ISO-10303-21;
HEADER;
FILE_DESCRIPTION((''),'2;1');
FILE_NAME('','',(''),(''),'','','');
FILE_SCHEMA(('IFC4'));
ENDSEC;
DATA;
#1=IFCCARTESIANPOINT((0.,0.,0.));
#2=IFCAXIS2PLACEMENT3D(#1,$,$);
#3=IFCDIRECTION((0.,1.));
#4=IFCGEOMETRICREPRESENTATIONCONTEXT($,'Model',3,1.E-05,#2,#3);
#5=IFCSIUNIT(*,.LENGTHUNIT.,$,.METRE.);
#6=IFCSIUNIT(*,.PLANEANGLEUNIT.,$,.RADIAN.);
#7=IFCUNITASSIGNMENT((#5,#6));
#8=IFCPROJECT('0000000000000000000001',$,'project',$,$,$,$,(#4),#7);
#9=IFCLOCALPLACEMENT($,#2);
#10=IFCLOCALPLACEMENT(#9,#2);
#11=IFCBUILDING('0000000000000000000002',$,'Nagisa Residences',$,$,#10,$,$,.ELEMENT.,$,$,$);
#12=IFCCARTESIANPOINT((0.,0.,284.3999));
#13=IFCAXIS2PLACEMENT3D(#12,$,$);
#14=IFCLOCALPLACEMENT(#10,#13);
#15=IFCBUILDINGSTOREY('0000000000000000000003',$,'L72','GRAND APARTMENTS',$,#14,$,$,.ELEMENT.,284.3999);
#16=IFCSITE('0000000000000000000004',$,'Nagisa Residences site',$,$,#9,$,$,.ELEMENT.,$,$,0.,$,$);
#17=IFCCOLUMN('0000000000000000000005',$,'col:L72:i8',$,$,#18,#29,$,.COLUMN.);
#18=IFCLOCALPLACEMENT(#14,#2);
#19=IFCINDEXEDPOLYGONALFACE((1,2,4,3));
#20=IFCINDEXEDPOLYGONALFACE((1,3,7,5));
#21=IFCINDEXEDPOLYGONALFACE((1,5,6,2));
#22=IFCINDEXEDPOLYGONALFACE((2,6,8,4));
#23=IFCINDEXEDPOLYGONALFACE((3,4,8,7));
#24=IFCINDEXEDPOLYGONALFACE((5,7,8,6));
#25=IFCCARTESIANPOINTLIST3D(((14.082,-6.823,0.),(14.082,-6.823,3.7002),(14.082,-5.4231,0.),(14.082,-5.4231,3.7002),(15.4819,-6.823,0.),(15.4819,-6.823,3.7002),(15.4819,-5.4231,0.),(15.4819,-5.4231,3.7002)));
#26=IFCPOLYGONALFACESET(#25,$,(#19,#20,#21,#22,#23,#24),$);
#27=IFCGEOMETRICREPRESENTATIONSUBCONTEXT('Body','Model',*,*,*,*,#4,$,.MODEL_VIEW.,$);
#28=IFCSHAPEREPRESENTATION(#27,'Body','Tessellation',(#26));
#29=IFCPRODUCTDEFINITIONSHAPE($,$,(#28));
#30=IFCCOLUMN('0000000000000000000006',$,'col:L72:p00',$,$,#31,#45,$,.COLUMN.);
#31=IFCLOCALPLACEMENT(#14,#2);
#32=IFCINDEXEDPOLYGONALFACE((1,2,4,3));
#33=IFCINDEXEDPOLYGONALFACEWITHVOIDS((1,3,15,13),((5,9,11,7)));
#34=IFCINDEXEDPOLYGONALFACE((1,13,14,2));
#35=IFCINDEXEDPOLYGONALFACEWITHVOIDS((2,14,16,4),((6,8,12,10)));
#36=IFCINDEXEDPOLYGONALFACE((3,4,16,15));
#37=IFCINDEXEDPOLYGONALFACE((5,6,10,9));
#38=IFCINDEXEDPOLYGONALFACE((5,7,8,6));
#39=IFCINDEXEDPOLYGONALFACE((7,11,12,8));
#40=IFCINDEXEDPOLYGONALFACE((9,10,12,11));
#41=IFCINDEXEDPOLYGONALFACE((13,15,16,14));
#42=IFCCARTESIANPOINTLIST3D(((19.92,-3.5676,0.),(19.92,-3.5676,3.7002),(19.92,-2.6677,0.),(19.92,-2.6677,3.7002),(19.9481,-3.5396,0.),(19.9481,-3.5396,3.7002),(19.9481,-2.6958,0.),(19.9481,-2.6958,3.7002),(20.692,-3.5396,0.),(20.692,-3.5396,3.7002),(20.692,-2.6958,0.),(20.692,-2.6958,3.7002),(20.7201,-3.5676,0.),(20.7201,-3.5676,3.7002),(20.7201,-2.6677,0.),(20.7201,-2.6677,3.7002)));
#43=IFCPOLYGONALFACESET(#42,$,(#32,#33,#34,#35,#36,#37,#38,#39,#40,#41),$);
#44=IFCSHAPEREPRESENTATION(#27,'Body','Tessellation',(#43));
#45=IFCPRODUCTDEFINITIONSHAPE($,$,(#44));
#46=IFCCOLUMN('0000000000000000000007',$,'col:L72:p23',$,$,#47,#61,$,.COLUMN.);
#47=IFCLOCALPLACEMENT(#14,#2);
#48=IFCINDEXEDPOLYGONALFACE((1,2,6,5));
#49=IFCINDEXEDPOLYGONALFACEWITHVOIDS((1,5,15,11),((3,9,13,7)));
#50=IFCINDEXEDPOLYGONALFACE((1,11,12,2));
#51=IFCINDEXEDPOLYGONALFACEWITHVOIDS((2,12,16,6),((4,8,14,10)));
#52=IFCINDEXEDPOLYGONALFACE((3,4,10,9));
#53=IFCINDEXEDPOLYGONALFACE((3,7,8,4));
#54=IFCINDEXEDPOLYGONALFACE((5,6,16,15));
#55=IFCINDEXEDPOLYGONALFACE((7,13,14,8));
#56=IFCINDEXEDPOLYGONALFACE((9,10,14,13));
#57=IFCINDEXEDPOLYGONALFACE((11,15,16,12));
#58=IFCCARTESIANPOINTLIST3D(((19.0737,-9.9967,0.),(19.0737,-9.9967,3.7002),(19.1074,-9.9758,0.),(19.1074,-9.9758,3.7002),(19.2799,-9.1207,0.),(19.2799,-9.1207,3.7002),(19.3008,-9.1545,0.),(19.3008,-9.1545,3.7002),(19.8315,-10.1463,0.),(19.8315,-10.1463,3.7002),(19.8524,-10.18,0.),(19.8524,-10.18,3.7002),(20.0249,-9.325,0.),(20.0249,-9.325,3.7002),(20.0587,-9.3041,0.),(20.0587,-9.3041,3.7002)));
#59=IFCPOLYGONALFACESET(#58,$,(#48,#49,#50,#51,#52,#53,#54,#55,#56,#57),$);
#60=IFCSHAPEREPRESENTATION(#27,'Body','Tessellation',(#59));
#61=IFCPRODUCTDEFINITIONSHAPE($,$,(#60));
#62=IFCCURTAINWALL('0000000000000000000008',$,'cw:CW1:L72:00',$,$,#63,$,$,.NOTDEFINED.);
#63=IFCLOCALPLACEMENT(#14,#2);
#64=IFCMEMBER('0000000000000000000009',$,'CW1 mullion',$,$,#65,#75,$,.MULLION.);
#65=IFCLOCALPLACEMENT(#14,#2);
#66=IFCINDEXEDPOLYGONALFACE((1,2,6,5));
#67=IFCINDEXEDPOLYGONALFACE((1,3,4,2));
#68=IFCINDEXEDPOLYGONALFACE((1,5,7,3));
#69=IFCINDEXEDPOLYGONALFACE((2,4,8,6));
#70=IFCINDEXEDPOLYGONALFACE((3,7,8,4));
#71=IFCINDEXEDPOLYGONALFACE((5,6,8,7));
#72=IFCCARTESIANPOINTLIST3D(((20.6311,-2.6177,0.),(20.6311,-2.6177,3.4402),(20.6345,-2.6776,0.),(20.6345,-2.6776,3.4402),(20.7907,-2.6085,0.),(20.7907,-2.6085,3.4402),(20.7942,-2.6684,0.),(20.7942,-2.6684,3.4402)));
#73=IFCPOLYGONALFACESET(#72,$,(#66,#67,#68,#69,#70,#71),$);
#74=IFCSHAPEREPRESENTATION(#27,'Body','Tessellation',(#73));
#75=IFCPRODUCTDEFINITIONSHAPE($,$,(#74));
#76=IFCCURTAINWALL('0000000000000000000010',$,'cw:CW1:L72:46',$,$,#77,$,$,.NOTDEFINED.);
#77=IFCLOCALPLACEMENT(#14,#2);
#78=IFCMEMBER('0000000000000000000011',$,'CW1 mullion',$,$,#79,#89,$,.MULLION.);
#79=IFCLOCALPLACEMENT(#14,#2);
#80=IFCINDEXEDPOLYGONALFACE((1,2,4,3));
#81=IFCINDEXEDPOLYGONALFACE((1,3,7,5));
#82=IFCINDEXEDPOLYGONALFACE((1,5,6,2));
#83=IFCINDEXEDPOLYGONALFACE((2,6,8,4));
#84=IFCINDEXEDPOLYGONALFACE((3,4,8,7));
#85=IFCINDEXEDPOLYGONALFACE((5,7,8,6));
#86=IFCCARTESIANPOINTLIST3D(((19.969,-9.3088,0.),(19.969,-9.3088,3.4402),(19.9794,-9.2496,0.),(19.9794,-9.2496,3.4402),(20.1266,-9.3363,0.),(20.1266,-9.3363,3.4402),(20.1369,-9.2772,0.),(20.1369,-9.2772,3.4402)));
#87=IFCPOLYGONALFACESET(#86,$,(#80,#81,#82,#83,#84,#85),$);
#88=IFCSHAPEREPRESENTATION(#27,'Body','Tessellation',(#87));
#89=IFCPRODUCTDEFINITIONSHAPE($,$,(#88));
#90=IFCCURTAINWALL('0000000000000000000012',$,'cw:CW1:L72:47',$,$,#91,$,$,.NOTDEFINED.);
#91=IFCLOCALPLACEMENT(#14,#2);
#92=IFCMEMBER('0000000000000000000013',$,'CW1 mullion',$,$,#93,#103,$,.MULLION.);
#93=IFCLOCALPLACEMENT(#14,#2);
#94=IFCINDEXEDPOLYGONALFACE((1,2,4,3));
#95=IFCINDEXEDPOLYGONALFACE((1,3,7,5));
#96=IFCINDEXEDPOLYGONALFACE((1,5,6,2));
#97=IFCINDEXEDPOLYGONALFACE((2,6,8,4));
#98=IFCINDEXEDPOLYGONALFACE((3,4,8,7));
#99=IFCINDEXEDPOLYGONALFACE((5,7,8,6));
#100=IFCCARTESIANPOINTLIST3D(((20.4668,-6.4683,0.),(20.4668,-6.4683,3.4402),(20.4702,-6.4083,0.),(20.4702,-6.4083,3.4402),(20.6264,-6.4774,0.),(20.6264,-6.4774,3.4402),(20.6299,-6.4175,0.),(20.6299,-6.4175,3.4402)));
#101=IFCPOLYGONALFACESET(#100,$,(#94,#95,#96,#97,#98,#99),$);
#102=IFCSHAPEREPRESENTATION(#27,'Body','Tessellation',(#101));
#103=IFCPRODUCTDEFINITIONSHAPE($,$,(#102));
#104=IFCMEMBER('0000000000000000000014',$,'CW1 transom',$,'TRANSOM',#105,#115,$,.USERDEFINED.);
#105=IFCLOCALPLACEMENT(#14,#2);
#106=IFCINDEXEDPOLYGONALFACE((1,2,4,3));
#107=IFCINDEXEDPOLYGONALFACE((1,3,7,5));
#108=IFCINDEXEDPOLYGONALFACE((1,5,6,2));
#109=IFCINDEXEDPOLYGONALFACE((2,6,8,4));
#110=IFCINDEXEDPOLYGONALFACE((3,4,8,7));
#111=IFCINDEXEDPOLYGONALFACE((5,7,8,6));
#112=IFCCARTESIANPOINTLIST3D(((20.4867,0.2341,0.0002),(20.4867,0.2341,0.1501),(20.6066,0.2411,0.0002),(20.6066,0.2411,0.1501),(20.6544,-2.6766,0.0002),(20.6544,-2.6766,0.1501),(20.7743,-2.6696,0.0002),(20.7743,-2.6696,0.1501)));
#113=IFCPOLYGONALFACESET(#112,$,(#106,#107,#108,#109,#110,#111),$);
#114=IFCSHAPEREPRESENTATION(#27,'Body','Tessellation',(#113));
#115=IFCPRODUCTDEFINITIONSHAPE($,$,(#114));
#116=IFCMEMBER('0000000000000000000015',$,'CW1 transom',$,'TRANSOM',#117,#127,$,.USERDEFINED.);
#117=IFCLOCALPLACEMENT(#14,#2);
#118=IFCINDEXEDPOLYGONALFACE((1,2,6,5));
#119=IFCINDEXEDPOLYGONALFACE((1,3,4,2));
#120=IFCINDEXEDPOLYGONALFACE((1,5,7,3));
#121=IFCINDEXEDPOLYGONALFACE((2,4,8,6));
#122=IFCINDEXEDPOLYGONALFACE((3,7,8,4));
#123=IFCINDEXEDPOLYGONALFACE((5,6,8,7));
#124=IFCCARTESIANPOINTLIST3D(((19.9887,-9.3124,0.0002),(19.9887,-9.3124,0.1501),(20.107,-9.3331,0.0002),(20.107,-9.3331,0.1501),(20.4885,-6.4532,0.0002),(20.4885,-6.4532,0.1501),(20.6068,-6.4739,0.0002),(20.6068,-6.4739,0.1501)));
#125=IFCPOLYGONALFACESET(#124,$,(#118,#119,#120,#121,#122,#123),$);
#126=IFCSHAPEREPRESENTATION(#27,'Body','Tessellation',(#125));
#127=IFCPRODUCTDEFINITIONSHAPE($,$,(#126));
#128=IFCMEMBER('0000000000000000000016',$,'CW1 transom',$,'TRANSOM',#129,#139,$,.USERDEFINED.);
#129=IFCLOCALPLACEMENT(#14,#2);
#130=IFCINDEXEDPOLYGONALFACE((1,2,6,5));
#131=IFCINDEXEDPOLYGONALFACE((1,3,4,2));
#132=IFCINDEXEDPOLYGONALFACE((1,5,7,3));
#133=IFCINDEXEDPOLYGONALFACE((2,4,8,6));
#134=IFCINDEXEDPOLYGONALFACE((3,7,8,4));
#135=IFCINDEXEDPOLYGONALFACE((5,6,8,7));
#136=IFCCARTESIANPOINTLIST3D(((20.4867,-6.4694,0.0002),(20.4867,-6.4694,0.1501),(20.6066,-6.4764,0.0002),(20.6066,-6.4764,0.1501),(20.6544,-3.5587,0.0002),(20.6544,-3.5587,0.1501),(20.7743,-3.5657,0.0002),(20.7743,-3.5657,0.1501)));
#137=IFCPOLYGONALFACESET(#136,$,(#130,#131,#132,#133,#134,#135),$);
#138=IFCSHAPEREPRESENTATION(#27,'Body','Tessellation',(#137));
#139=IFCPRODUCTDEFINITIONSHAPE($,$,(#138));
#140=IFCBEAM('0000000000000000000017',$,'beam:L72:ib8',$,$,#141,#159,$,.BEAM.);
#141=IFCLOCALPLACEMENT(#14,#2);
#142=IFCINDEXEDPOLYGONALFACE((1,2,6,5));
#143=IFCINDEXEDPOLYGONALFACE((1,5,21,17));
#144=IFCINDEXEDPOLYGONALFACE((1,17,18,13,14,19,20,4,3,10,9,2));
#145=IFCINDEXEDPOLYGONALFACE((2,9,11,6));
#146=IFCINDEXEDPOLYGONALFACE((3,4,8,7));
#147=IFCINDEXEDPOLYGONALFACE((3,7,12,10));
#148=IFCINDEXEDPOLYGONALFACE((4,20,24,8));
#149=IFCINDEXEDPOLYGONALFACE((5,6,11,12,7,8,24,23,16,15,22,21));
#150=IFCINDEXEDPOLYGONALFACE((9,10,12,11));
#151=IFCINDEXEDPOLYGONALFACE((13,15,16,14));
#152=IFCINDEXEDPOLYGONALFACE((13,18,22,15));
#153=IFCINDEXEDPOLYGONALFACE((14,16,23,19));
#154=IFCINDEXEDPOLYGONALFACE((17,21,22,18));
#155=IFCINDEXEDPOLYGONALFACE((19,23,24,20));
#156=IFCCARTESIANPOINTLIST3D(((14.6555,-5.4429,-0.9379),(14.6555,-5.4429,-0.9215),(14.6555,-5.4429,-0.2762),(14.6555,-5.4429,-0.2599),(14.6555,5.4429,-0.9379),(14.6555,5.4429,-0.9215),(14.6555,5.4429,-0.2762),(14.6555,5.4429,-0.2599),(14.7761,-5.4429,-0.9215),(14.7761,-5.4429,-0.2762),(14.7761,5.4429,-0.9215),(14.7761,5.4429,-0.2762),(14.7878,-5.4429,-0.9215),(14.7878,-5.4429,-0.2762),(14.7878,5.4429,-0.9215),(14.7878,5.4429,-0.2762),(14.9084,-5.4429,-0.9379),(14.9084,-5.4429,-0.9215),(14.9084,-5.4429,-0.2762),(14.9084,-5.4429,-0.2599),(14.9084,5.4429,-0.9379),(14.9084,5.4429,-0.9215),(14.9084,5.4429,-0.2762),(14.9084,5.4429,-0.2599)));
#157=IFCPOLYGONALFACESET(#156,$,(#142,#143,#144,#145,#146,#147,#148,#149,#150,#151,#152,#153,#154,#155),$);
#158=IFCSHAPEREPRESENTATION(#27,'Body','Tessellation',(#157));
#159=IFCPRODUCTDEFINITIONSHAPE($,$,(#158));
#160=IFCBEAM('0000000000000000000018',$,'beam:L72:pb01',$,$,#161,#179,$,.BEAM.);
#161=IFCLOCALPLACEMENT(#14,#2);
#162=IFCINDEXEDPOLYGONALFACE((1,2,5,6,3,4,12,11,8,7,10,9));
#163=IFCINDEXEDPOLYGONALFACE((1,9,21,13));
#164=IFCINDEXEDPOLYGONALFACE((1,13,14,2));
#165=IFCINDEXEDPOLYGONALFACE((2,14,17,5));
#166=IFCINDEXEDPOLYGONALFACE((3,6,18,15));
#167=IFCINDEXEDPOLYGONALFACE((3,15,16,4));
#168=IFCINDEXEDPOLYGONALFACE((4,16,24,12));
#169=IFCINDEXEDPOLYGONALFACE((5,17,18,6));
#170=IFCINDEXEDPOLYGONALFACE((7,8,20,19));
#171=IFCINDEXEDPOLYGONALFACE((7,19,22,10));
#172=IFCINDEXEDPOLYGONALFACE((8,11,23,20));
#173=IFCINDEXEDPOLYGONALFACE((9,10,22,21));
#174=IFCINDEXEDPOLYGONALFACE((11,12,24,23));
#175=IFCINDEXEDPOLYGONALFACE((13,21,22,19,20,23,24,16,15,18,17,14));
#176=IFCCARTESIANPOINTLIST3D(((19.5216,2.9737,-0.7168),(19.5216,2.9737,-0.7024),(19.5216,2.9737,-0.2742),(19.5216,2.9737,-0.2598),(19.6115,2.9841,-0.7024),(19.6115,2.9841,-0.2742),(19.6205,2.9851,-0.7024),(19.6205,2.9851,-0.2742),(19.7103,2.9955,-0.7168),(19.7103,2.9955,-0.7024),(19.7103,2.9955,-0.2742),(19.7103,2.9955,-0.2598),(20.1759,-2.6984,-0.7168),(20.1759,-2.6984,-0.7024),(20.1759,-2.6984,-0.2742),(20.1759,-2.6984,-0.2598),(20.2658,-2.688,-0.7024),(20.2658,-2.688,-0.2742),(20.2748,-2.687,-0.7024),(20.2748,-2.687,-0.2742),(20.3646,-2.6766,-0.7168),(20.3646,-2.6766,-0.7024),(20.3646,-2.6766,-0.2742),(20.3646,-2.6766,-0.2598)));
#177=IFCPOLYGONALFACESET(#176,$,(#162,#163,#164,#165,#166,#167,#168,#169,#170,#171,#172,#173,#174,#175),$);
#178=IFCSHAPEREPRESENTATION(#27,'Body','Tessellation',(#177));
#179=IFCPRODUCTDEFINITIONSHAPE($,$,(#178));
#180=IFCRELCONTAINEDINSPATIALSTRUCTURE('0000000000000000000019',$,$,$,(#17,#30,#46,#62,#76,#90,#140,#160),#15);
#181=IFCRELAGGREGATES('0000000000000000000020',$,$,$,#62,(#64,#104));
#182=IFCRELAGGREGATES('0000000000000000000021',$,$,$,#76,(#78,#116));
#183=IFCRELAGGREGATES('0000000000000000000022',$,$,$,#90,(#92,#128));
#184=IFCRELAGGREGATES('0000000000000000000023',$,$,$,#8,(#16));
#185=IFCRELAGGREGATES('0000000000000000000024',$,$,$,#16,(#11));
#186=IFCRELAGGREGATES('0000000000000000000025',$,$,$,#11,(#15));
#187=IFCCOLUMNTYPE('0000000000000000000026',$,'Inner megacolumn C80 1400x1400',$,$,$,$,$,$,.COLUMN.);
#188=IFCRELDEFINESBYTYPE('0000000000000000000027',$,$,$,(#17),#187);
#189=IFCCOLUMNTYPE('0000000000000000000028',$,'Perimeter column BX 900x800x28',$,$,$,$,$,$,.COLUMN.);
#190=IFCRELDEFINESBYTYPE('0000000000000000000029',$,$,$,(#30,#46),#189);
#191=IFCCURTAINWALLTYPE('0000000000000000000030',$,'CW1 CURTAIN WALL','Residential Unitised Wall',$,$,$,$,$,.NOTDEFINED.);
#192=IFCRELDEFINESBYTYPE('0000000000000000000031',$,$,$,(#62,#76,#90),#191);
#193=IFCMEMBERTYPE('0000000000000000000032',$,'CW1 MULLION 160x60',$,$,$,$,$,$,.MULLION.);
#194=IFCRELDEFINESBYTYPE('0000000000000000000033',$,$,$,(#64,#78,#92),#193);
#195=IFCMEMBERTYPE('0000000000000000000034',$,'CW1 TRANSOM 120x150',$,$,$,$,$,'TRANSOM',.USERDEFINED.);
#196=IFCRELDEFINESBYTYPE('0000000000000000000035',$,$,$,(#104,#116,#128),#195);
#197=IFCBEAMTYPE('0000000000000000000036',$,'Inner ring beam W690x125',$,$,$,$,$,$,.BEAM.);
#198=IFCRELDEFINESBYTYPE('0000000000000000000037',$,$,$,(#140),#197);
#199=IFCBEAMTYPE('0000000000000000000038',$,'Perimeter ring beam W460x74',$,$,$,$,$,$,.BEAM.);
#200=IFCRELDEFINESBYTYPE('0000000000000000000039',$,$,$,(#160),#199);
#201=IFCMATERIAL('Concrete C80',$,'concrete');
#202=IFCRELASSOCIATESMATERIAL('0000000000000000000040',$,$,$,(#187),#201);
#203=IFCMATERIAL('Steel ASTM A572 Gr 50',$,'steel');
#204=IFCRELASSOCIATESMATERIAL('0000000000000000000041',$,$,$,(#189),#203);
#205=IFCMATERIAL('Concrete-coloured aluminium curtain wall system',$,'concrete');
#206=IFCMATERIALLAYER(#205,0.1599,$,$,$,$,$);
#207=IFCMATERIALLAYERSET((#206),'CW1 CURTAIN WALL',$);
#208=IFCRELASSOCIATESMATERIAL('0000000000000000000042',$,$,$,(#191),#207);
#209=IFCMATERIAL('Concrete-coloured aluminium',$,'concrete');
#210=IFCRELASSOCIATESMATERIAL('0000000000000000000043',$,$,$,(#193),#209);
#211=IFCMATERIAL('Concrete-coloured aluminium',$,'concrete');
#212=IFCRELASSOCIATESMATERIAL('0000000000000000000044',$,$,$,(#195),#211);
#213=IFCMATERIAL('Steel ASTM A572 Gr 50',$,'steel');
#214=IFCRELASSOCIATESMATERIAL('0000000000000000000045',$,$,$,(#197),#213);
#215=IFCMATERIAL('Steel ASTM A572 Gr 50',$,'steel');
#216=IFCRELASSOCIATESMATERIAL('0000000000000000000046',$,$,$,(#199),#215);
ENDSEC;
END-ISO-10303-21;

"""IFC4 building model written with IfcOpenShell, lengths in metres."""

from ifc_helpers import new_model, si_unit, direction, frame, origin, origin_2d, place, context, subcontext, project, spatial, rectangle, hollow_rectangle, i_section, extrude, material, layer, layer_set, material_profile, profile_set, type_object, element, aggregate, save


model = new_model("IFC4")

# Units and contexts
model_context = context("Model", 3, precision=1e-05, world=origin(), true_north=direction((0.0, 1.0)))
body_context = subcontext(model_context, "Body", "Model", "MODEL_VIEW")
ifc_project = project(units=[si_unit("LENGTHUNIT", "METRE"), si_unit("PLANEANGLEUNIT", "RADIAN")], contexts=[model_context])

# Site, building, storey
site_placement = place(None, origin())
site = spatial("IfcSite", under=ifc_project, at=site_placement, Name="Nagisa Residences site", CompositionType="ELEMENT", RefElevation=0.0)
building_placement = place(site_placement, origin())
building = spatial("IfcBuilding", under=site, at=building_placement, Name="Nagisa Residences", CompositionType="ELEMENT")
storey_placement = place(building_placement, frame((0.0, 0.0, 284.3999)))
storey = spatial("IfcBuildingStorey", under=building, at=storey_placement, Name="L72", Description="GRAND APARTMENTS", CompositionType="ELEMENT", Elevation=284.3999)

# Columns
ifc_material_1 = material(Name="Concrete C80", Category="concrete")
ifc_material_profile_1 = material_profile(ifc_material_1, rectangle(XDim=1.3999, YDim=1.3999, at=origin_2d()), Name="C80 1400x1400")
ifc_profile_set_1 = profile_set([ifc_material_profile_1], Name="Concrete C80")
column_type_1 = type_object("IfcColumnType", Name="Inner megacolumn C80 1400x1400", PredefinedType="COLUMN", material=ifc_profile_set_1)
column_placement = place(storey_placement, frame((14.782, -6.123, 0.0), z_axis=(0.0, 0.0, 1.0), x_axis=(1.0, 0.0, 0.0)))
element("IfcColumn", 1, at=column_placement, inside=storey, type_object=column_type_1, Name="col:L72:i8", PredefinedType="COLUMN", context=body_context, shape_type="SweptSolid", body=[
    extrude(rectangle(XDim=1.3999, YDim=1.3999, at=origin_2d()), origin(), (0.0, 0.0, 1.0), 3.7002),
])
ifc_material_2 = material(Name="Steel ASTM A572 Gr 50", Category="steel")
ifc_material_profile_2 = material_profile(ifc_material_2, hollow_rectangle(XDim=0.8999, YDim=0.8, WallThickness=0.0281, at=origin_2d()), Name="BX 900x800x28")
ifc_profile_set_2 = profile_set([ifc_material_profile_2], Name="Steel ASTM A572 Gr 50")
column_type_2 = type_object("IfcColumnType", Name="Perimeter column BX 900x800x28", PredefinedType="COLUMN", material=ifc_profile_set_2)
for number, where, z_axis, x_axis, name in (
    (2, (20.3201, -3.1177, 0.0), (0.0, 0.0, 1.0), (0.0, 1.0, 0.0), "col:L72:p00"),
    (3, (19.5662, -9.6504, 0.0), (0.0, 0.0, 1.0), (0.229202, 0.973379, 0.0), "col:L72:p23"),
):
    element("IfcColumn", number, at=place(storey_placement, frame(where, z_axis=z_axis, x_axis=x_axis)), inside=storey, type_object=column_type_2, Name=name, PredefinedType="COLUMN", context=body_context, shape_type="SweptSolid", body=[
        extrude(hollow_rectangle(XDim=0.8999, YDim=0.8, WallThickness=0.0281, at=origin_2d()), origin(), (0.0, 0.0, 1.0), 3.7002),
    ])

# Curtain walls, members
ifc_material_3 = material(Name="Concrete-coloured aluminium curtain wall system", Category="concrete")
ifc_layer_1 = layer(ifc_material_3, 0.1599)
ifc_layer_set_1 = layer_set([ifc_layer_1], Name="CW1 CURTAIN WALL")
curtain_wall_type = type_object("IfcCurtainWallType", Name="CW1 CURTAIN WALL", Description="Residential Unitised Wall", PredefinedType="NOTDEFINED", material=ifc_layer_set_1)
curtain_wall_1_placement = place(storey_placement, origin())
curtain_wall_1 = element("IfcCurtainWall", 4, at=curtain_wall_1_placement, inside=storey, type_object=curtain_wall_type, Name="cw:CW1:L72:00", PredefinedType="NOTDEFINED")
ifc_material_4 = material(Name="Concrete-coloured aluminium", Category="concrete")
ifc_material_profile_3 = material_profile(ifc_material_4, rectangle(XDim=0.1599, YDim=0.0601, at=origin_2d()), Name="CW1 MULLION 160x60")
ifc_profile_set_3 = profile_set([ifc_material_profile_3], Name="Concrete-coloured aluminium")
member_type_1 = type_object("IfcMemberType", Name="CW1 MULLION 160x60", PredefinedType="MULLION", material=ifc_profile_set_3)
member_1_placement = place(storey_placement, frame((20.7126, -2.6431, 0.0), z_axis=(0.0, 0.0, 1.0), x_axis=(-0.998345, -0.057503, 0.0)))
member_1 = element("IfcMember", 5, at=member_1_placement, type_object=member_type_1, Name="CW1 mullion", PredefinedType="MULLION", context=body_context, shape_type="SweptSolid", body=[
    extrude(rectangle(XDim=0.1599, YDim=0.0601, at=origin_2d()), origin(), (0.0, 0.0, 1.0), 3.4402),
])
curtain_wall_2_placement = place(storey_placement, origin())
curtain_wall_2 = element("IfcCurtainWall", 6, at=curtain_wall_2_placement, inside=storey, type_object=curtain_wall_type, Name="cw:CW1:L72:46", PredefinedType="NOTDEFINED")
member_2_placement = place(storey_placement, frame((20.053, -9.293, 0.0), z_axis=(0.0, 0.0, 1.0), x_axis=(-0.985064, 0.172191, 0.0)))
member_2 = element("IfcMember", 7, at=member_2_placement, type_object=member_type_1, Name="CW1 mullion", PredefinedType="MULLION", context=body_context, shape_type="SweptSolid", body=[
    extrude(rectangle(XDim=0.1599, YDim=0.0601, at=origin_2d()), origin(), (0.0, 0.0, 1.0), 3.4402),
])
curtain_wall_3_placement = place(storey_placement, origin())
curtain_wall_3 = element("IfcCurtainWall", 8, at=curtain_wall_3_placement, inside=storey, type_object=curtain_wall_type, Name="cw:CW1:L72:47", PredefinedType="NOTDEFINED")
member_3_placement = place(storey_placement, frame((20.5483, -6.4429, 0.0), z_axis=(0.0, 0.0, 1.0), x_axis=(-0.998345, 0.057503, 0.0)))
member_3 = element("IfcMember", 9, at=member_3_placement, type_object=member_type_1, Name="CW1 mullion", PredefinedType="MULLION", context=body_context, shape_type="SweptSolid", body=[
    extrude(rectangle(XDim=0.1599, YDim=0.0601, at=origin_2d()), origin(), (0.0, 0.0, 1.0), 3.4402),
])

# Members
ifc_material_5 = material(Name="Concrete-coloured aluminium", Category="concrete")
ifc_material_profile_4 = material_profile(ifc_material_5, rectangle(XDim=0.1201, YDim=0.1499, at=origin_2d()), Name="CW1 TRANSOM 120x150")
ifc_profile_set_4 = profile_set([ifc_material_profile_4], Name="Concrete-coloured aluminium")
member_type_2 = type_object("IfcMemberType", Name="CW1 TRANSOM 120x150", ElementType="TRANSOM", PredefinedType="USERDEFINED", material=ifc_profile_set_4)
member_4_placement = place(storey_placement, frame((20.7144, -2.6731, 0.0752), z_axis=(-0.057529, 0.998344, 0.0), x_axis=(-0.998344, -0.057529, 0.0)))
member_4 = element("IfcMember", 10, at=member_4_placement, type_object=member_type_2, Name="CW1 transom", ObjectType="TRANSOM", PredefinedType="USERDEFINED", context=body_context, shape_type="SweptSolid", body=[
    extrude(rectangle(XDim=0.1201, YDim=0.1499, at=origin_2d()), origin(), (0.0, 0.0, 1.0), 2.9155),
])
member_5_placement = place(storey_placement, frame((20.0479, -9.3228, 0.0752), z_axis=(0.172182, 0.985065, 0.0), x_axis=(-0.985065, 0.172182, 0.0)))
member_5 = element("IfcMember", 11, at=member_5_placement, type_object=member_type_2, Name="CW1 transom", ObjectType="TRANSOM", PredefinedType="USERDEFINED", context=body_context, shape_type="SweptSolid", body=[
    extrude(rectangle(XDim=0.1201, YDim=0.1499, at=origin_2d()), origin(), (0.0, 0.0, 1.0), 2.9026),
])
member_6_placement = place(storey_placement, frame((20.5466, -6.4729, 0.0752), z_axis=(0.057529, 0.998344, 0.0), x_axis=(-0.998344, 0.057529, 0.0)))
member_6 = element("IfcMember", 12, at=member_6_placement, type_object=member_type_2, Name="CW1 transom", ObjectType="TRANSOM", PredefinedType="USERDEFINED", context=body_context, shape_type="SweptSolid", body=[
    extrude(rectangle(XDim=0.1201, YDim=0.1499, at=origin_2d()), origin(), (0.0, 0.0, 1.0), 2.9155),
])

# Beams
ifc_material_6 = material(Name="Steel ASTM A572 Gr 50", Category="steel")
ifc_material_profile_5 = material_profile(ifc_material_6, i_section(OverallWidth=0.2529, OverallDepth=0.678, WebThickness=0.0117, FlangeThickness=0.0164, at=origin_2d()), Name="W690x125")
ifc_profile_set_5 = profile_set([ifc_material_profile_5], Name="Steel ASTM A572 Gr 50")
beam_type_1 = type_object("IfcBeamType", Name="Inner ring beam W690x125", PredefinedType="BEAM", material=ifc_profile_set_5)
beam_1_placement = place(storey_placement, frame((14.782, -5.4429, -0.5989), z_axis=(0.0, 1.0, 0.0), x_axis=(-1.0, 0.0, 0.0)))
element("IfcBeam", 13, at=beam_1_placement, inside=storey, type_object=beam_type_1, Name="beam:L72:ib8", PredefinedType="BEAM", context=body_context, shape_type="SweptSolid", body=[
    extrude(i_section(OverallWidth=0.2529, OverallDepth=0.678, WebThickness=0.0117, FlangeThickness=0.0164, at=origin_2d()), origin(), (0.0, 0.0, 1.0), 10.8857),
])
ifc_material_7 = material(Name="Steel ASTM A572 Gr 50", Category="steel")
ifc_material_profile_6 = material_profile(ifc_material_7, i_section(OverallWidth=0.1899, OverallDepth=0.457, WebThickness=0.009, FlangeThickness=0.0144, at=origin_2d()), Name="W460x74")
ifc_profile_set_6 = profile_set([ifc_material_profile_6], Name="Steel ASTM A572 Gr 50")
beam_type_2 = type_object("IfcBeamType", Name="Perimeter ring beam W460x74", PredefinedType="BEAM", material=ifc_profile_set_6)
for number, where, z_axis, x_axis, name in (
    (14, (20.2703, -2.6875, -0.4883), (-0.114593, 0.993412, 0.0), (-0.993412, -0.114593, 0.0), "beam:L72:pb01"),
):
    element("IfcBeam", number, at=place(storey_placement, frame(where, z_axis=z_axis, x_axis=x_axis)), inside=storey, type_object=beam_type_2, Name=name, PredefinedType="BEAM", context=body_context, shape_type="SweptSolid", body=[
        extrude(i_section(OverallWidth=0.1899, OverallDepth=0.457, WebThickness=0.009, FlangeThickness=0.0144, at=origin_2d()), origin(), (0.0, 0.0, 1.0), 5.7097),
    ])

aggregate(curtain_wall_1, [member_1, member_4])
aggregate(curtain_wall_2, [member_2, member_5])
aggregate(curtain_wall_3, [member_3, member_6])

save(model, "model.ifc")
